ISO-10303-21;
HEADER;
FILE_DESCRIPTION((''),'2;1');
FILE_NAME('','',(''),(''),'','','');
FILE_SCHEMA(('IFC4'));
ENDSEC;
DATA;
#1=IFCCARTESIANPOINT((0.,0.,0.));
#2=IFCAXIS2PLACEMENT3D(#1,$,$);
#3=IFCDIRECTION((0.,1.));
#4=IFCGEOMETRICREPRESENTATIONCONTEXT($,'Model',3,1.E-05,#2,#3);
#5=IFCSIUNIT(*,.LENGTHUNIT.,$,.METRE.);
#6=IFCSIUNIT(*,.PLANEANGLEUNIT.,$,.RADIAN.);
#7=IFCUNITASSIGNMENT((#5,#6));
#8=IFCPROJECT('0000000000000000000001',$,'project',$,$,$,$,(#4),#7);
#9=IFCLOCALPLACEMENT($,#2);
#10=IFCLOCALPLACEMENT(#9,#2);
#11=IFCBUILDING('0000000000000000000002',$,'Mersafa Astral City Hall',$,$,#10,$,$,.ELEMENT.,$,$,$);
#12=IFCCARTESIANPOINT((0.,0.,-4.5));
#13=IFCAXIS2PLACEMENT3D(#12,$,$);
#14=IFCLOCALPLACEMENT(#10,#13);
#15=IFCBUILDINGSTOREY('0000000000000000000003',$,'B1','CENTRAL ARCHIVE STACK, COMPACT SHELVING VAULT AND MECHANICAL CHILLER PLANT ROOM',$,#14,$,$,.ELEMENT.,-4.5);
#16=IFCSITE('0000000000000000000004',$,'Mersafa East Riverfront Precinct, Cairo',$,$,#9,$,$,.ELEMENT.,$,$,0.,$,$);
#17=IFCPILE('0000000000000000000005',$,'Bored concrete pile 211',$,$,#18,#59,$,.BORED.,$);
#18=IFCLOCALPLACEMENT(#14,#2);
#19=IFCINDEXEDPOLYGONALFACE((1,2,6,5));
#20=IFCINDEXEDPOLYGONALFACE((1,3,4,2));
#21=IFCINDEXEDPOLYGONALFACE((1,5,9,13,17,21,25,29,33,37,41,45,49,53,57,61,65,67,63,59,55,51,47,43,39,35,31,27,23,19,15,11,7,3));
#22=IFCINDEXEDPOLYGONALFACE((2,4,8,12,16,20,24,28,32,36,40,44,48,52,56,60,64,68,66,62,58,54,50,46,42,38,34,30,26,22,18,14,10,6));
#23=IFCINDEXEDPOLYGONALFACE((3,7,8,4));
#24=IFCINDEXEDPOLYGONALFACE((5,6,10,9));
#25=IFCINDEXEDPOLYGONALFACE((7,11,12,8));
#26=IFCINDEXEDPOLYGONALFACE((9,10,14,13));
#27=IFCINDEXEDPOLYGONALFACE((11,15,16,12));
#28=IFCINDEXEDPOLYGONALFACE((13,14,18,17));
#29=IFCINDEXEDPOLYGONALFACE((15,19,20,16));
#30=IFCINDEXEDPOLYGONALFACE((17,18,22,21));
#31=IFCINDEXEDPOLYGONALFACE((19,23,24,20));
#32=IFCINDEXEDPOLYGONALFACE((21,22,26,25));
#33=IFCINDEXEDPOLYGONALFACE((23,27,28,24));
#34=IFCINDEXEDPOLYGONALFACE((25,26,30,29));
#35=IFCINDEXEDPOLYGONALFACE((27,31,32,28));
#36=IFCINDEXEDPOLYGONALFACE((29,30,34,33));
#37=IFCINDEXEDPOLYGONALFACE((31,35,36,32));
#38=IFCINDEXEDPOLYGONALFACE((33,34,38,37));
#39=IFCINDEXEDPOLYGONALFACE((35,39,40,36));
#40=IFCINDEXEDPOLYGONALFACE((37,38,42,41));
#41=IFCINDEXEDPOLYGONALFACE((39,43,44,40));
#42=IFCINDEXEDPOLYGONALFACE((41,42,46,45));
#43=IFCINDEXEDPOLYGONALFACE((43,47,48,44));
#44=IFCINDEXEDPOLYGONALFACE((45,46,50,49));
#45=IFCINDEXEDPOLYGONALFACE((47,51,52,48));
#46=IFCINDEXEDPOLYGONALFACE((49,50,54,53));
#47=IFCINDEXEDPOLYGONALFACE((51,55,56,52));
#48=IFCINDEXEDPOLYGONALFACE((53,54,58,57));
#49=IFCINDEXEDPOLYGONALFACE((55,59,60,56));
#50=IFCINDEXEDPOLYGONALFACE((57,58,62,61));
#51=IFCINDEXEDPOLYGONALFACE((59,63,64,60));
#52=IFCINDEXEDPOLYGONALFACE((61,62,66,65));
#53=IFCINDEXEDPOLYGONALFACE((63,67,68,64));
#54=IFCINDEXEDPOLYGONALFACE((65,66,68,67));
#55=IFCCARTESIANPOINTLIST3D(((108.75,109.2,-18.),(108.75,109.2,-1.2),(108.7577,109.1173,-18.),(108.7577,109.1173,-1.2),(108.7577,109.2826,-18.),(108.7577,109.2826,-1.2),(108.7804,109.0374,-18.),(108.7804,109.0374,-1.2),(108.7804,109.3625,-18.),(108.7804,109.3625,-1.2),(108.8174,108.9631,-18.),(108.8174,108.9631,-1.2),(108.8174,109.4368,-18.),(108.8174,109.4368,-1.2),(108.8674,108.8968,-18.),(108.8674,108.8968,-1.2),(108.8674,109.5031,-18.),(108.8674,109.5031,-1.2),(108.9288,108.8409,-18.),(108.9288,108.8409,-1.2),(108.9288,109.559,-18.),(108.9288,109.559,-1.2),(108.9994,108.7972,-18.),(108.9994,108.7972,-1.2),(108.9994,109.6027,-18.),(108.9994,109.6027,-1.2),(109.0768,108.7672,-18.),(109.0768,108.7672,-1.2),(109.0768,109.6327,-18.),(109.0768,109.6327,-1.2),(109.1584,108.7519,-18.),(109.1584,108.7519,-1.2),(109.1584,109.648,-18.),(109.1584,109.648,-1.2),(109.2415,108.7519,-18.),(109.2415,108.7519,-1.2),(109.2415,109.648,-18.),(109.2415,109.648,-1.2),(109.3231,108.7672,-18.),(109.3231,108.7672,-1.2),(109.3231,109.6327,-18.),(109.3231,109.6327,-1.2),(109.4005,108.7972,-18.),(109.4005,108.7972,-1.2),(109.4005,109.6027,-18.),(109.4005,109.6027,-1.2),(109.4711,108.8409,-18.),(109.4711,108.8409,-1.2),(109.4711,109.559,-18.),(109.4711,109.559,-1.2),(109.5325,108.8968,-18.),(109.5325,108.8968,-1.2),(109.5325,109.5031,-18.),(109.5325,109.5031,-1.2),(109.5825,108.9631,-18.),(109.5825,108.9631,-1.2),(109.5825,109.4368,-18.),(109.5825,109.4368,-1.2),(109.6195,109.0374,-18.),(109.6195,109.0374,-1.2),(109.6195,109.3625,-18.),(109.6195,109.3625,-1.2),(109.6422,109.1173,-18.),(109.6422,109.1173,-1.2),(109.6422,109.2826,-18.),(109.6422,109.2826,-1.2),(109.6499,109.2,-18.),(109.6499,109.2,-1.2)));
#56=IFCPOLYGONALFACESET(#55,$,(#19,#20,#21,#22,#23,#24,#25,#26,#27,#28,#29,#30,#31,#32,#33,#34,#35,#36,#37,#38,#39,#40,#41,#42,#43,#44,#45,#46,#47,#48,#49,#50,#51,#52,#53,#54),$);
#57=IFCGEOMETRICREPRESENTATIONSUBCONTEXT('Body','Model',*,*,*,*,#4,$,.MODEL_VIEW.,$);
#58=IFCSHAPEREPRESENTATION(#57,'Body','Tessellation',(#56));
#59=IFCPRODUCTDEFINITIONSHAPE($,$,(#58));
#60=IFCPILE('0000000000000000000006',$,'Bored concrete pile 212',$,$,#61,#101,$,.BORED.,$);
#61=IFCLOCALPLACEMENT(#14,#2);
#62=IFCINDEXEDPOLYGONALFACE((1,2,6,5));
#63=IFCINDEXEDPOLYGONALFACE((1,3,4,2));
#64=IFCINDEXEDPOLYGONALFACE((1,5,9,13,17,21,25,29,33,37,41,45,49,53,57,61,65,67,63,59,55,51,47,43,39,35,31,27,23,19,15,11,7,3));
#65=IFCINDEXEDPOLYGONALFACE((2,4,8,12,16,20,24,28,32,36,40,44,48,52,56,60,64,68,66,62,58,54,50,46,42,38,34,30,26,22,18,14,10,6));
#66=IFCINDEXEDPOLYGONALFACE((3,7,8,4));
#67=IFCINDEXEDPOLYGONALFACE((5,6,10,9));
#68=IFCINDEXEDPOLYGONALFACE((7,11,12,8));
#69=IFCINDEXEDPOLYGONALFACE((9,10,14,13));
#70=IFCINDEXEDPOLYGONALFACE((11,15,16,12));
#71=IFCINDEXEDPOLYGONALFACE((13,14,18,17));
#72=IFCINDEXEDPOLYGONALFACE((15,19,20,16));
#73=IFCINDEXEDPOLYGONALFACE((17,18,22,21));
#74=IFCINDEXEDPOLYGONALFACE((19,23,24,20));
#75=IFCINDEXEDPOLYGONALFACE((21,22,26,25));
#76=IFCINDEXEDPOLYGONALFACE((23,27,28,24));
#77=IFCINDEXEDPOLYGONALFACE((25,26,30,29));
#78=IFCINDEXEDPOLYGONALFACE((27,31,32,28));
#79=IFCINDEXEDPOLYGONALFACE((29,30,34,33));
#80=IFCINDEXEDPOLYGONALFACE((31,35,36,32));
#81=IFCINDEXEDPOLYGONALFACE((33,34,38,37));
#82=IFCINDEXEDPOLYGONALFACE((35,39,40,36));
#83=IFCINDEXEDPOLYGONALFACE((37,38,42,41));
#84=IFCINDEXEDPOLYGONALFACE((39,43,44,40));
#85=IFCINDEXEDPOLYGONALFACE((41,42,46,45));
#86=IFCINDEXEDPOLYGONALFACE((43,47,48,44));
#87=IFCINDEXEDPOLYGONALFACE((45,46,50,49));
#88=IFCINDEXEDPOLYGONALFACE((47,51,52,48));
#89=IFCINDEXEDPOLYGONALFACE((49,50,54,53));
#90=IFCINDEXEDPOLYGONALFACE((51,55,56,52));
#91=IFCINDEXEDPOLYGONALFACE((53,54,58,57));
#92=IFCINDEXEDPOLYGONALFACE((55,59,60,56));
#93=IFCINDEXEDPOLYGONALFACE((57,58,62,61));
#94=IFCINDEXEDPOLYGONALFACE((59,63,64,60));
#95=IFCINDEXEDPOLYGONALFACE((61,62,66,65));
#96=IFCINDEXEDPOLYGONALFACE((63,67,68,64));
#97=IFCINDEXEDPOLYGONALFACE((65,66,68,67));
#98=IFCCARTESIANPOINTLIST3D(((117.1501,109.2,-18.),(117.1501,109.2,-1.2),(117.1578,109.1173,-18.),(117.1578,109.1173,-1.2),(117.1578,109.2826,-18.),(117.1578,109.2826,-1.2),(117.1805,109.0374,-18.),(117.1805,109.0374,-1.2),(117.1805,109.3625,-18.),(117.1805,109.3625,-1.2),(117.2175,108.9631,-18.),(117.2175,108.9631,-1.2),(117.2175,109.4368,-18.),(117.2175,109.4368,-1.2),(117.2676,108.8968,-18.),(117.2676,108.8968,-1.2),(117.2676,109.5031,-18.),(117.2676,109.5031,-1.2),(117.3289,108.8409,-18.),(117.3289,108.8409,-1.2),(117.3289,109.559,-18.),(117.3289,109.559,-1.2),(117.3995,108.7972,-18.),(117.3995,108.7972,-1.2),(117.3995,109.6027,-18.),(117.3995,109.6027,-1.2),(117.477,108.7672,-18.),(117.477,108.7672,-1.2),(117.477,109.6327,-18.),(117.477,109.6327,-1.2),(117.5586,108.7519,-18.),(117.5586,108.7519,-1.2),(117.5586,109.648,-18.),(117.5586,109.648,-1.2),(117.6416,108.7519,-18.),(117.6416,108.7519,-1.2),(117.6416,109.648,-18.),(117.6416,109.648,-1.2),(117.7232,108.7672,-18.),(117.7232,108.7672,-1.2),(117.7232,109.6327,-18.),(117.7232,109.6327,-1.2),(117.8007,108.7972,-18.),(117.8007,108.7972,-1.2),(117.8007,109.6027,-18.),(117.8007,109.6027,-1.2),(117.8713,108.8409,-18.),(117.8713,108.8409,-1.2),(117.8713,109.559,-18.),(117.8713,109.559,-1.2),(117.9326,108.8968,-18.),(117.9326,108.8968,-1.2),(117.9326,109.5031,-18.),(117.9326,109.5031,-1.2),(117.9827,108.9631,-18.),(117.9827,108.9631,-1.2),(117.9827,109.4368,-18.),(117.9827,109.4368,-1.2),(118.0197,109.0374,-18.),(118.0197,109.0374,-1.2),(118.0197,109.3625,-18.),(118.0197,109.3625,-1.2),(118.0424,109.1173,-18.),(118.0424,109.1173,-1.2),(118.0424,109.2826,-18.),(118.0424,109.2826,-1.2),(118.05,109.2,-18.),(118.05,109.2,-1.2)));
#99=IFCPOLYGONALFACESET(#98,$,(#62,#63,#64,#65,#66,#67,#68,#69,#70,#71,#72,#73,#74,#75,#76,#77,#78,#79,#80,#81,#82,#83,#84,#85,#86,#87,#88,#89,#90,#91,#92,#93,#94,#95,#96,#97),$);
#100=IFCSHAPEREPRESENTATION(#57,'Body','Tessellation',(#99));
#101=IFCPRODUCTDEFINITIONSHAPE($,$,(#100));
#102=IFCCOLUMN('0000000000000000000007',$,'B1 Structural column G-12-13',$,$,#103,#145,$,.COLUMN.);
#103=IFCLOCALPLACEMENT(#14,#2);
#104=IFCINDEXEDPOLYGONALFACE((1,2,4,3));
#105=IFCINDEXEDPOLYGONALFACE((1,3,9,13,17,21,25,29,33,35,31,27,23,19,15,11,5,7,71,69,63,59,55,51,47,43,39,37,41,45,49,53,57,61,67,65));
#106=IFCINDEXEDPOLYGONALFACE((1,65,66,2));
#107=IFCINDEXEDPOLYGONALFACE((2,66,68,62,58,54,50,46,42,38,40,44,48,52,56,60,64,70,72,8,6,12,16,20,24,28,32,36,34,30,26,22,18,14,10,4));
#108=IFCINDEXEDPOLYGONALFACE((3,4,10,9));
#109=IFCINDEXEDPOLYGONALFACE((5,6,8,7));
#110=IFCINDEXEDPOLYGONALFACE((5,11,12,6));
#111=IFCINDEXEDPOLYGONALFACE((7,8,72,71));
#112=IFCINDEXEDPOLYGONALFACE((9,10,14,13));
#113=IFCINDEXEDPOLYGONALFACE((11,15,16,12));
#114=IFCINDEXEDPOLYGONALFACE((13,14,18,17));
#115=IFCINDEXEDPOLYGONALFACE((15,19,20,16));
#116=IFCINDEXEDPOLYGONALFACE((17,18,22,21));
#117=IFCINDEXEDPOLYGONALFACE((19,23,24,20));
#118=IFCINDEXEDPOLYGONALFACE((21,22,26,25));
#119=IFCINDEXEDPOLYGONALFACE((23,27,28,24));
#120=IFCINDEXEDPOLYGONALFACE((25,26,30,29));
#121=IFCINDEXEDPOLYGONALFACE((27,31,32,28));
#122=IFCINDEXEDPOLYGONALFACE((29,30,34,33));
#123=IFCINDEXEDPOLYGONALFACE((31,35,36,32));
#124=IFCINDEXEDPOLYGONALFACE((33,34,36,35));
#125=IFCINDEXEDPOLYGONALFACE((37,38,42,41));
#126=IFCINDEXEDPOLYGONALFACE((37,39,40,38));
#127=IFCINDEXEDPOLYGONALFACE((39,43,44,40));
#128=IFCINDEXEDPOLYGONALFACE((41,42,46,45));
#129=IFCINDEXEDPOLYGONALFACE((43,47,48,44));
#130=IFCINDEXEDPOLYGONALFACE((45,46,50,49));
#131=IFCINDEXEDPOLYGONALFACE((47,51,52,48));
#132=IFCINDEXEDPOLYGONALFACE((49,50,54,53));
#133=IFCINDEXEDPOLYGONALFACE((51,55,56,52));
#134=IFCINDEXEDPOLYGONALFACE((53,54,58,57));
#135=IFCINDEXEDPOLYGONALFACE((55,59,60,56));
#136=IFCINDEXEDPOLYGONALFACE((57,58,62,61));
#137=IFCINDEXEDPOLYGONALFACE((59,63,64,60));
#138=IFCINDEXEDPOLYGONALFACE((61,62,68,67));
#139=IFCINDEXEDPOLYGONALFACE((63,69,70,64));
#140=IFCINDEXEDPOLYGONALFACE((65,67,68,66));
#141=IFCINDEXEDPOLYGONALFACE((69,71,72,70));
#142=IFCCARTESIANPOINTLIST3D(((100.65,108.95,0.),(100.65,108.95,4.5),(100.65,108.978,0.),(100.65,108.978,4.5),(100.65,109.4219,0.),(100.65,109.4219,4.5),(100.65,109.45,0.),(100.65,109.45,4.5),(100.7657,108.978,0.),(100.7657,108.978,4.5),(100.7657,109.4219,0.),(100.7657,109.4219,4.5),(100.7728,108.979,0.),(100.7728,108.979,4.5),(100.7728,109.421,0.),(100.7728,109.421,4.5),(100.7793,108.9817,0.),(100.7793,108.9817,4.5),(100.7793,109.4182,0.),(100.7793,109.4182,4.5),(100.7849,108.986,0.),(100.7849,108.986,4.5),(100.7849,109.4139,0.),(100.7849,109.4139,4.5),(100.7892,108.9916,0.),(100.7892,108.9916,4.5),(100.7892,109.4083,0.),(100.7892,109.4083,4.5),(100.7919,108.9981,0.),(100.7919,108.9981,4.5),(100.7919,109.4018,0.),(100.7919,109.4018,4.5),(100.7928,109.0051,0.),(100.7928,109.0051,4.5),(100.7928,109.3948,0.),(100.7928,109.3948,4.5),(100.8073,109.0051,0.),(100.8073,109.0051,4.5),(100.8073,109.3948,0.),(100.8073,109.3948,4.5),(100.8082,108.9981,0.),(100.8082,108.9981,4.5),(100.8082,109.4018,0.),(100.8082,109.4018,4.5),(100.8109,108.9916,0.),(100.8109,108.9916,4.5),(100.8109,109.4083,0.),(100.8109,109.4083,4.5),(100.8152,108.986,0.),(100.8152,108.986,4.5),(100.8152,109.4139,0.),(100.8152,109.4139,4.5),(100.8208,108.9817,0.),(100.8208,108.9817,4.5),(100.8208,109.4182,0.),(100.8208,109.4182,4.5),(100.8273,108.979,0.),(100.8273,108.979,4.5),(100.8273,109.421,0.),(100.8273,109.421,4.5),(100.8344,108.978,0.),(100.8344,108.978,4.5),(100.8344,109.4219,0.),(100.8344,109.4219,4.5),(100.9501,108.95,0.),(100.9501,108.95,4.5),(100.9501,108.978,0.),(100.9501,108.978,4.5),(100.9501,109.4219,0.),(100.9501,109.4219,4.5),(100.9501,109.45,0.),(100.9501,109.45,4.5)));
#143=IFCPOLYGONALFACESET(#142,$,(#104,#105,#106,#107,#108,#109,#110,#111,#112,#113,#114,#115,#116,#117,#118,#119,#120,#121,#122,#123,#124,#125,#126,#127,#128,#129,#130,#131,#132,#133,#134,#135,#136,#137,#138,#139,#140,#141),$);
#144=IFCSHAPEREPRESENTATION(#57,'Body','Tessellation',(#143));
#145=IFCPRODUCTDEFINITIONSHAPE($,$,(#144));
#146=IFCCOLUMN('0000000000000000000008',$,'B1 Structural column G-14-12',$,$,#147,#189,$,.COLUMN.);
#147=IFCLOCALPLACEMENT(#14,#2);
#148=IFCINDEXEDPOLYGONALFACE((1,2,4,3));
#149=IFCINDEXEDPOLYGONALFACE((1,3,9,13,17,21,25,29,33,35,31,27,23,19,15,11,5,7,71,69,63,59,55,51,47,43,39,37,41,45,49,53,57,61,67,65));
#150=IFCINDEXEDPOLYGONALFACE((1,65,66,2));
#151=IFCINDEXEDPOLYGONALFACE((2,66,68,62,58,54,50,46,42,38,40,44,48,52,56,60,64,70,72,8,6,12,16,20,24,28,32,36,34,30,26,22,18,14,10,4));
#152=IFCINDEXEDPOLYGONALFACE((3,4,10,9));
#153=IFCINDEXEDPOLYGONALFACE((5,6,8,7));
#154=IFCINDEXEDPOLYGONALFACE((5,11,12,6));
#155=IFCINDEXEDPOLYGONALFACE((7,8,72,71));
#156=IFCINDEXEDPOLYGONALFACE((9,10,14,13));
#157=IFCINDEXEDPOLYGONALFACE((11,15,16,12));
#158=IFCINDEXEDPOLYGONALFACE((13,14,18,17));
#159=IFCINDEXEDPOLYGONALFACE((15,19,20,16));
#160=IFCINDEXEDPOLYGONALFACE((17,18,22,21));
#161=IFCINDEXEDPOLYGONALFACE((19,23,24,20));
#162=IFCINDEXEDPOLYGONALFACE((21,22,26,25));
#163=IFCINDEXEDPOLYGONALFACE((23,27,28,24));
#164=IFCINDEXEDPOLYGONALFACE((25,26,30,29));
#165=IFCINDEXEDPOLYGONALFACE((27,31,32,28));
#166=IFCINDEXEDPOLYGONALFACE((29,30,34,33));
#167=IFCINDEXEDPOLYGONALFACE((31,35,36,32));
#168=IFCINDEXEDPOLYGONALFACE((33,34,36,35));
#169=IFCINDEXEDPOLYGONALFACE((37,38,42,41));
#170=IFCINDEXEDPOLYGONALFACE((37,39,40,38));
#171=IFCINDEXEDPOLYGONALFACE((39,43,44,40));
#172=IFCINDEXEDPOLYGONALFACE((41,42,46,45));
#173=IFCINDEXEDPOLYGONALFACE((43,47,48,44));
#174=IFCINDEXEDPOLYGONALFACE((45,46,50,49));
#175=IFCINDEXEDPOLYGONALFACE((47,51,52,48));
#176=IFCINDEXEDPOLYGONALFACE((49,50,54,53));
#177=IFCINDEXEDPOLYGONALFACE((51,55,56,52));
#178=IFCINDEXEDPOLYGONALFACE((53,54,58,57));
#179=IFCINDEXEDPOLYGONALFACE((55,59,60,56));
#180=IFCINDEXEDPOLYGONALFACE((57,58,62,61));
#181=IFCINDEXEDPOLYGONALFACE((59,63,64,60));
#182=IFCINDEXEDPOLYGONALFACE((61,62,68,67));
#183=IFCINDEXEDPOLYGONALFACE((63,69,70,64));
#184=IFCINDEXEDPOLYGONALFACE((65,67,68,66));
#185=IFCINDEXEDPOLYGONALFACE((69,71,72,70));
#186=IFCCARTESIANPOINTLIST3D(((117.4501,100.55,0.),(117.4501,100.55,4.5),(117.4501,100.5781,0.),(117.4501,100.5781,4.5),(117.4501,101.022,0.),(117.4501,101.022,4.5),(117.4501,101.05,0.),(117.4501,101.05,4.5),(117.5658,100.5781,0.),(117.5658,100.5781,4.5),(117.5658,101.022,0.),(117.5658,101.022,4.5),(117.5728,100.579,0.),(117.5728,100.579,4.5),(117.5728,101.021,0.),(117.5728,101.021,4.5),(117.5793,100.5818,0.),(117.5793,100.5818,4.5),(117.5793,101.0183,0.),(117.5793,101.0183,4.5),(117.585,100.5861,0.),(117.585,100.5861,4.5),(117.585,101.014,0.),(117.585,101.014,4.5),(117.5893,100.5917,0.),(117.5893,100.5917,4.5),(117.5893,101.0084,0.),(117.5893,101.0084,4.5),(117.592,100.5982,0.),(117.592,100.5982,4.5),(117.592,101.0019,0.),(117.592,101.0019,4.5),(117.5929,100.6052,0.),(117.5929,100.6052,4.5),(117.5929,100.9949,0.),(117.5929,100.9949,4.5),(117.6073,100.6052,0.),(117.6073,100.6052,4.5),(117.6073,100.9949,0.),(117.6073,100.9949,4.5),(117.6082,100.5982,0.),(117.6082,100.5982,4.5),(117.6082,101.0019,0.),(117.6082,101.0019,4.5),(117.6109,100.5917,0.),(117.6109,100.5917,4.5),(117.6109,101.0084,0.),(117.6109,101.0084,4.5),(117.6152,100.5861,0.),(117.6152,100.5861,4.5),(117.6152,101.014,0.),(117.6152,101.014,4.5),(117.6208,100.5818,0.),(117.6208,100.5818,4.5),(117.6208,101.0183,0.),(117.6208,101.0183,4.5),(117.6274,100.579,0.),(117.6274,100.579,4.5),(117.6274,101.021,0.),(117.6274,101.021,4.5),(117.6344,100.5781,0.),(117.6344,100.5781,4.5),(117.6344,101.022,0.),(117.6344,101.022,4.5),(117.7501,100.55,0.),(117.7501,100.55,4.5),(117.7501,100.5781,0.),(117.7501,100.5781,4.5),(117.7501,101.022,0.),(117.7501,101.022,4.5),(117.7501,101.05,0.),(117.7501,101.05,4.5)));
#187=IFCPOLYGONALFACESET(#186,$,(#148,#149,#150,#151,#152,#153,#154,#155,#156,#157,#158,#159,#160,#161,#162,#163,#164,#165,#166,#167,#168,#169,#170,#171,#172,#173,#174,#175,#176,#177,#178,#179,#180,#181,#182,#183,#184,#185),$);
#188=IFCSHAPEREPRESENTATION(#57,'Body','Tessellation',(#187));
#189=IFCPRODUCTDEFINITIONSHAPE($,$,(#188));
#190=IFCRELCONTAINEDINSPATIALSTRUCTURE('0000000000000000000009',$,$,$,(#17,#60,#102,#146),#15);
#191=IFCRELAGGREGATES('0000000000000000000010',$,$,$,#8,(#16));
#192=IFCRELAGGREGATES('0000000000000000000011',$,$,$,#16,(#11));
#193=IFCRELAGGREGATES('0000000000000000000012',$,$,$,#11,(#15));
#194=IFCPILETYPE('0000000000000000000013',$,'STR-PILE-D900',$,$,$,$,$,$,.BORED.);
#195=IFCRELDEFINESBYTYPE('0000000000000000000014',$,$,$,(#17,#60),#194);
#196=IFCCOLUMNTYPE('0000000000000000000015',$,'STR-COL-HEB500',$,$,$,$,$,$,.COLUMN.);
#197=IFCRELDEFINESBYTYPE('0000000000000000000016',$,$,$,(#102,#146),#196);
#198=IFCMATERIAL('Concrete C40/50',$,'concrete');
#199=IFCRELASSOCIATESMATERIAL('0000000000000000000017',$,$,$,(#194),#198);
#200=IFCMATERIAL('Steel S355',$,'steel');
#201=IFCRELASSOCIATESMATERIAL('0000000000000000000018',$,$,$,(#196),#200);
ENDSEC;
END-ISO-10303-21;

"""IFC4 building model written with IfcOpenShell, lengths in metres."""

from ifc_helpers import new_model, si_unit, direction, frame, origin, origin_2d, place, context, subcontext, project, spatial, circle, i_section, extrude, material, material_profile, profile_set, type_object, element, save


model = new_model("IFC4")

# Units and contexts
model_context = context("Model", 3, precision=1e-05, world=origin(), true_north=direction((0.0, 1.0)))
body_context = subcontext(model_context, "Body", "Model", "MODEL_VIEW")
ifc_project = project(units=[si_unit("LENGTHUNIT", "METRE"), si_unit("PLANEANGLEUNIT", "RADIAN")], contexts=[model_context])

# Site, building, storey
site_placement = place(None, origin())
site = spatial("IfcSite", under=ifc_project, at=site_placement, Name="Mersafa East Riverfront Precinct, Cairo", CompositionType="ELEMENT", RefElevation=0.0)
building_placement = place(site_placement, origin())
building = spatial("IfcBuilding", under=site, at=building_placement, Name="Mersafa Astral City Hall", CompositionType="ELEMENT")
storey_placement = place(building_placement, frame((0.0, 0.0, -4.5)))
storey = spatial("IfcBuildingStorey", under=building, at=storey_placement, Name="B1", Description="CENTRAL ARCHIVE STACK, COMPACT SHELVING VAULT AND MECHANICAL CHILLER PLANT ROOM", CompositionType="ELEMENT", Elevation=-4.5)

# Shared definitions
ifc_material_1 = material(Name="Concrete C40/50", Category="concrete")

# Piles
ifc_material_profile_1 = material_profile(ifc_material_1, circle(Radius=0.45, at=origin_2d()), Name="PILE D900")
ifc_profile_set_1 = profile_set([ifc_material_profile_1], Name="Concrete C40/50")
pile_type = type_object("IfcPileType", Name="STR-PILE-D900", PredefinedType="BORED", material=ifc_profile_set_1)
for number, where, z_axis, x_axis, name in (
    (1, (109.2, 109.2, -1.2), (0.0, 0.0, -1.0), (1.0, 0.0, 0.0), "Bored concrete pile 211"),
    (2, (117.6001, 109.2, -1.2), (0.0, 0.0, -1.0), (1.0, 0.0, 0.0), "Bored concrete pile 212"),
):
    element("IfcPile", number, at=place(storey_placement, frame(where, z_axis=z_axis, x_axis=x_axis)), inside=storey, type_object=pile_type, Name=name, PredefinedType="BORED", context=body_context, shape_type="SweptSolid", body=[
        extrude(circle(Radius=0.45, at=origin_2d()), origin(), (0.0, 0.0, 1.0), 16.8),
    ])

# Columns
ifc_material_2 = material(Name="Steel S355", Category="steel")
ifc_material_profile_2 = material_profile(ifc_material_2, i_section(OverallWidth=0.3, OverallDepth=0.5, WebThickness=0.0144, FlangeThickness=0.0281, FilletRadius=0.0271, at=origin_2d()), Name="HEB 500")
ifc_profile_set_2 = profile_set([ifc_material_profile_2], Name="Steel S355")
column_type_1 = type_object("IfcColumnType", Name="STR-COL-HEB500", PredefinedType="COLUMN", material=ifc_profile_set_2)
for number, where, z_axis, x_axis, name in (
    (3, (100.8, 109.2, 0.0), (0.0, 0.0, 1.0), (1.0, 0.0, 0.0), "B1 Structural column G-12-13"),
    (4, (117.6001, 100.8, 0.0), (0.0, 0.0, 1.0), (1.0, 0.0, 0.0), "B1 Structural column G-14-12"),
):
    element("IfcColumn", number, at=place(storey_placement, frame(where, z_axis=z_axis, x_axis=x_axis)), inside=storey, type_object=column_type_1, Name=name, PredefinedType="COLUMN", context=body_context, shape_type="SweptSolid", body=[
        extrude(i_section(OverallWidth=0.3, OverallDepth=0.5, WebThickness=0.0144, FlangeThickness=0.0281, FilletRadius=0.0271, at=origin_2d()), origin(), (0.0, 0.0, 1.0), 4.5),
    ])

save(model, "model.ifc")
